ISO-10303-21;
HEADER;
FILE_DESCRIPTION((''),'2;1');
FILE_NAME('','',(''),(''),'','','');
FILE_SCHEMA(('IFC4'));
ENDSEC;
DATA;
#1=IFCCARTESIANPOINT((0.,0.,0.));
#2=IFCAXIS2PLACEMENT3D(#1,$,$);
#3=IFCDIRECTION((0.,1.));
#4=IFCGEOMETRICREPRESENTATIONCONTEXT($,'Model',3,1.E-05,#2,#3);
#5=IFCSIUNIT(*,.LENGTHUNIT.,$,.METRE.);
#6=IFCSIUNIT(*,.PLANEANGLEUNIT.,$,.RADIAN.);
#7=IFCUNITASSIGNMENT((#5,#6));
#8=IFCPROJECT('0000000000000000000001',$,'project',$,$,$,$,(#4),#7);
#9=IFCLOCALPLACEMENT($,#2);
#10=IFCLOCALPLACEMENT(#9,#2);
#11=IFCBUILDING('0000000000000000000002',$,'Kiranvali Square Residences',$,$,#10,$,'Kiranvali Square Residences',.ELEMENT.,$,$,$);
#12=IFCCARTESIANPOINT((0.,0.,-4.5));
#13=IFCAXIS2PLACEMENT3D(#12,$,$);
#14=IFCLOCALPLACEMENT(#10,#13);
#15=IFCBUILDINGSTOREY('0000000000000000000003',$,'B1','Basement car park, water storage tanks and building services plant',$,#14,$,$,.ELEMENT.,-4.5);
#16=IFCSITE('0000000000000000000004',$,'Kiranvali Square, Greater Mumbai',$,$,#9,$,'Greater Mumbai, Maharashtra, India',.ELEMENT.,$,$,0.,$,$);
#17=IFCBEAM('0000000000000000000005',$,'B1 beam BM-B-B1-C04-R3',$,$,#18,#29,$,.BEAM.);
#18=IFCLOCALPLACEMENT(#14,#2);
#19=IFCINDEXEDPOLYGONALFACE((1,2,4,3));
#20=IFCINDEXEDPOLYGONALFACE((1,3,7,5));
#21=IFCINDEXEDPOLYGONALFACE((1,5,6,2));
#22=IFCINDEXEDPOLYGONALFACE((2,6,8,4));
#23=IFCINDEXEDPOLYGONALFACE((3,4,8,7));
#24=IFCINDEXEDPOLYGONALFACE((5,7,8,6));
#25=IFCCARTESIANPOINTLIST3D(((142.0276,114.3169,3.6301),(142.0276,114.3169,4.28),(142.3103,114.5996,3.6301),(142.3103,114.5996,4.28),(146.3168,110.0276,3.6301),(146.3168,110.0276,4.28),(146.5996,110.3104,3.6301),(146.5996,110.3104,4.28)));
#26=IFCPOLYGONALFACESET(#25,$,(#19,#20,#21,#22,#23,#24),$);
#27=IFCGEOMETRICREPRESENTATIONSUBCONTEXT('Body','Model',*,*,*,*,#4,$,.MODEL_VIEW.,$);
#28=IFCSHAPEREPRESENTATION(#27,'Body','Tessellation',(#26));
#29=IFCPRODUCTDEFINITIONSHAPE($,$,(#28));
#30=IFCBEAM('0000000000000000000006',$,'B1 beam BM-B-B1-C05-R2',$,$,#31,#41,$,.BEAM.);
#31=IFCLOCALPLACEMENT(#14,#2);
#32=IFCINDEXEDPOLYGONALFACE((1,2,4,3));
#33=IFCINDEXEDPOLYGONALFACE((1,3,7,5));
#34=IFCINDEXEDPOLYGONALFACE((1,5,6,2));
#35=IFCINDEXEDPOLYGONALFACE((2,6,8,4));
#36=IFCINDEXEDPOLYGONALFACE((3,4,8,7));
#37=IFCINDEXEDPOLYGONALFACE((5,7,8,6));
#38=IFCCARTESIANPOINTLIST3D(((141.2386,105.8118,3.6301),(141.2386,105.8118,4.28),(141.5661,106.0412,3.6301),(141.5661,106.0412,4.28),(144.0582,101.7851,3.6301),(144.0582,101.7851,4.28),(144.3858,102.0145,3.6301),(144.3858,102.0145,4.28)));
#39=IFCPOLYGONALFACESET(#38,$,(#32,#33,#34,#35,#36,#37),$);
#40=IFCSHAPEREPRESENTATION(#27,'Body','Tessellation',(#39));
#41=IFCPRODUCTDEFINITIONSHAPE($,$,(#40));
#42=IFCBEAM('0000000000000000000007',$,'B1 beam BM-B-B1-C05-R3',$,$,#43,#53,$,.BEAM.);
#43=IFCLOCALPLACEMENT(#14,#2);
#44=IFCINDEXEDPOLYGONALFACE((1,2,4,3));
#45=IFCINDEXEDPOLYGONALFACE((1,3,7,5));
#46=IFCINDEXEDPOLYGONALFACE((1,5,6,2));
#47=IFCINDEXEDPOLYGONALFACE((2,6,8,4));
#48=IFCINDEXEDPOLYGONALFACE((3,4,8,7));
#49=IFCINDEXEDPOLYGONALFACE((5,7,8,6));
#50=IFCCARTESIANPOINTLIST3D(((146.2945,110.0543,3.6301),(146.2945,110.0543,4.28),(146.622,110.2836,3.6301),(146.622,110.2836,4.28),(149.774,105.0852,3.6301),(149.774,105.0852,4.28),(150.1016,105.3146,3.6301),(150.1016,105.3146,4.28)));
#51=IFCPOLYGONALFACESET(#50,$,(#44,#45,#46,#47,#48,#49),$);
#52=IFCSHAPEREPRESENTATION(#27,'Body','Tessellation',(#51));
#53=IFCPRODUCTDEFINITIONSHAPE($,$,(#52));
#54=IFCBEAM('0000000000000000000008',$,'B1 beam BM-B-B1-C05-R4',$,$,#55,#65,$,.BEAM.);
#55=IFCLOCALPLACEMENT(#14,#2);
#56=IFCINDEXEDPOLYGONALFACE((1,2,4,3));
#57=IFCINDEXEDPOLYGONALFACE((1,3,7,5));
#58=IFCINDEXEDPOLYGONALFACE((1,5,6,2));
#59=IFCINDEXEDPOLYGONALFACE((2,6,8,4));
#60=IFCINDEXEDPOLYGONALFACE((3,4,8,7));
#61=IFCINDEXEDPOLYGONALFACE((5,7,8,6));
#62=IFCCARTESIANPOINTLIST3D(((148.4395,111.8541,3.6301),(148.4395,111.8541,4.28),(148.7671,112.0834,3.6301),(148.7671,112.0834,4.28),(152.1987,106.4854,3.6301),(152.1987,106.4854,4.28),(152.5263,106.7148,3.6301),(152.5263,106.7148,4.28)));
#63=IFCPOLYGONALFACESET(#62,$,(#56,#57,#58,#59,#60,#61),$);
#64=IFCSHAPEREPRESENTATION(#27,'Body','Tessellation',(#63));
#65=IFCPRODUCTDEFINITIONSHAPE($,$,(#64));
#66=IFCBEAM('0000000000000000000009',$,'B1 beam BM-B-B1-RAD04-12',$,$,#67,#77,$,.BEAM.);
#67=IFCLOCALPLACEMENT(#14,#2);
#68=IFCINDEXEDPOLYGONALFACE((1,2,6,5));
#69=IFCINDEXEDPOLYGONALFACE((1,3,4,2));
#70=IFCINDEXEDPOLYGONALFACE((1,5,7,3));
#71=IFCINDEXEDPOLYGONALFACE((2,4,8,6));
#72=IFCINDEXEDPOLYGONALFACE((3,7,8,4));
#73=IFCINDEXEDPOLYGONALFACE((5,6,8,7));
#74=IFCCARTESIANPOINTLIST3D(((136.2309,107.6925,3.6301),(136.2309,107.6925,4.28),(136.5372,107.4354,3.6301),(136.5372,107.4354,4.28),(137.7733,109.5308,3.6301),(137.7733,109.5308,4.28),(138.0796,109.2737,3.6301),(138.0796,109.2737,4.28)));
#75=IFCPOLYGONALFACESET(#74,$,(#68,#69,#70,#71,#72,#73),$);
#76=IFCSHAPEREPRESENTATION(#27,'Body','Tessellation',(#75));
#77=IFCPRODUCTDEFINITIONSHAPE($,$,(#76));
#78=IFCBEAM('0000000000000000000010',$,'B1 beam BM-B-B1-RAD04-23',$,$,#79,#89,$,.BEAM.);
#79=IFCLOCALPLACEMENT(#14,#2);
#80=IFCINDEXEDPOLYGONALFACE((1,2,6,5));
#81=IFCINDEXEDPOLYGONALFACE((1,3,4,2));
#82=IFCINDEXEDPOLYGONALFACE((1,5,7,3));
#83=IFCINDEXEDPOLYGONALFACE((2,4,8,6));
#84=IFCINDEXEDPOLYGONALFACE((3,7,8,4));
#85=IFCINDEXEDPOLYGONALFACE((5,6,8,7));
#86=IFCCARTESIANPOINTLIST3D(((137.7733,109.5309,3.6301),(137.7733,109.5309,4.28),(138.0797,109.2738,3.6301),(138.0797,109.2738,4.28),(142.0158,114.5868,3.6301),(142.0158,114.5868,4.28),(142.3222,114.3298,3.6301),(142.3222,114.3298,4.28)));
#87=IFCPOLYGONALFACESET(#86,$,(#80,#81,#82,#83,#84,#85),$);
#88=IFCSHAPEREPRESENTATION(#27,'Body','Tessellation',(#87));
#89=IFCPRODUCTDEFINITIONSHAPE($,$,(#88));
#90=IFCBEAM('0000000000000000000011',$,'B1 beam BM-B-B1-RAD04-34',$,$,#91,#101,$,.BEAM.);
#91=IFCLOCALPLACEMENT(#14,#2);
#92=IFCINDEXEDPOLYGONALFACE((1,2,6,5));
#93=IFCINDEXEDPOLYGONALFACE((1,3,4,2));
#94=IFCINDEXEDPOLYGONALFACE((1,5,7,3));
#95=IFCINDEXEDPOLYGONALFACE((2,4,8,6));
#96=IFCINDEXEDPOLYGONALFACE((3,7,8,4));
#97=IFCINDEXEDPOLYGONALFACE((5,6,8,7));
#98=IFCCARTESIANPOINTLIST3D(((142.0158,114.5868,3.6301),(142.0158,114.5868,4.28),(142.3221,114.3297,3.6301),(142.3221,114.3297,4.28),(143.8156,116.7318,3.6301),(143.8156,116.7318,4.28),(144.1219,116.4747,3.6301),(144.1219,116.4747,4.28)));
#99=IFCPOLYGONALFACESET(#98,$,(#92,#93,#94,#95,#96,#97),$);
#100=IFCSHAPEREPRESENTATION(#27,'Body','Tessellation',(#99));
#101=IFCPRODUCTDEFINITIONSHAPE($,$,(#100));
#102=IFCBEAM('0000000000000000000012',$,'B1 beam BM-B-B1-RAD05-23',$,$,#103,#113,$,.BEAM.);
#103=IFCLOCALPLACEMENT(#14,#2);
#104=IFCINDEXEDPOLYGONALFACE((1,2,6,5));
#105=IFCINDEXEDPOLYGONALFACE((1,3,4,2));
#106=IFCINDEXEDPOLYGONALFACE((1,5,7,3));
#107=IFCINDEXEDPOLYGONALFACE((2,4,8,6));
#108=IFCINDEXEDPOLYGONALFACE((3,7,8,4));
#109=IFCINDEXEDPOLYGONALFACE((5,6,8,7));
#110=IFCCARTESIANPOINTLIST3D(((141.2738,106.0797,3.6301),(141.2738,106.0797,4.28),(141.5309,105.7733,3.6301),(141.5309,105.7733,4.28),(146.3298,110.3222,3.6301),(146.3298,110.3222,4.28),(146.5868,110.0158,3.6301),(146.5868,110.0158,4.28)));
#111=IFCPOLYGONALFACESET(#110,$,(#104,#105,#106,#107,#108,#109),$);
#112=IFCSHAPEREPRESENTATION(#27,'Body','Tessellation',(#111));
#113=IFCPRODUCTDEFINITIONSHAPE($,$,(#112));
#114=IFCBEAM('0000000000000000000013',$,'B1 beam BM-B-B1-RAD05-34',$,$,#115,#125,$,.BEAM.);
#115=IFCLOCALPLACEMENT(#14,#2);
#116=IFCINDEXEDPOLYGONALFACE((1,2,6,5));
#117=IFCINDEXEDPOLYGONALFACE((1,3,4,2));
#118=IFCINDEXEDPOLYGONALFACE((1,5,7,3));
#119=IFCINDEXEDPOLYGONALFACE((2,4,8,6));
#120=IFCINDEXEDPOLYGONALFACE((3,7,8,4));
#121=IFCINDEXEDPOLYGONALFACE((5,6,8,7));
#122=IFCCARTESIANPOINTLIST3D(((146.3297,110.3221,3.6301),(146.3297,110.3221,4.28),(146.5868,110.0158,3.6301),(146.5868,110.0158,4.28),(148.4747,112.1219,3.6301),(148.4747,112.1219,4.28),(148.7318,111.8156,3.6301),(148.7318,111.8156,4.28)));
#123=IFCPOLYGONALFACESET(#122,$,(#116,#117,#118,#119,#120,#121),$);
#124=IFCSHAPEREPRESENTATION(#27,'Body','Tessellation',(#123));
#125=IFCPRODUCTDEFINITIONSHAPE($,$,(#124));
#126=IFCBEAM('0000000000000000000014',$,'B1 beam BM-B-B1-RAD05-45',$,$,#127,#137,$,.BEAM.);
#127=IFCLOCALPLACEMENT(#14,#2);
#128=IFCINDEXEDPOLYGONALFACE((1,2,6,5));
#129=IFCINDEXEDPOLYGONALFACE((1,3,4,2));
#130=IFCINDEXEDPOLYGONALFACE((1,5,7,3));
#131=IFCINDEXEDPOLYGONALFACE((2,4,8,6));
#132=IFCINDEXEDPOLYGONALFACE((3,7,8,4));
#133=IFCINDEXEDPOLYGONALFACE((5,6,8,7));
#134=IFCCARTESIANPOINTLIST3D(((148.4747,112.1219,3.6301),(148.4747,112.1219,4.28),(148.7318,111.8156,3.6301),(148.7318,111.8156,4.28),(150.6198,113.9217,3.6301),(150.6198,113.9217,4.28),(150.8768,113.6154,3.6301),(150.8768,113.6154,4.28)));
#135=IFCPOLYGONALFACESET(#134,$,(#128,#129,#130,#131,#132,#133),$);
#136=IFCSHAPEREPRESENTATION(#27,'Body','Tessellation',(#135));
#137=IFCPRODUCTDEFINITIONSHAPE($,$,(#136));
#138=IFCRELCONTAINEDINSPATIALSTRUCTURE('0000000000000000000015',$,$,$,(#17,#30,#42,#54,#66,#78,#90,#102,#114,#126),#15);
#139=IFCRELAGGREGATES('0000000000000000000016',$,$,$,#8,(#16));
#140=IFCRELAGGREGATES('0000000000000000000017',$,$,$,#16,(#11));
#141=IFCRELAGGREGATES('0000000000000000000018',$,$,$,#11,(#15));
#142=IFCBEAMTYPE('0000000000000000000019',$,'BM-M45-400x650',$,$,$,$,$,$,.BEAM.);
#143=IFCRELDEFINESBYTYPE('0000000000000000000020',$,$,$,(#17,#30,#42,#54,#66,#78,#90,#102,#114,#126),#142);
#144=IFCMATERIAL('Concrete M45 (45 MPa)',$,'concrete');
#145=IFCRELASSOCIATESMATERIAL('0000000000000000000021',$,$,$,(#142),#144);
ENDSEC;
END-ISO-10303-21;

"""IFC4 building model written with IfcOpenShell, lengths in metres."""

from ifc_helpers import new_model, si_unit, direction, frame, origin, origin_2d, place, context, subcontext, project, spatial, rectangle, extrude, material, material_profile, profile_set, type_object, element, save


model = new_model("IFC4")

# Units and contexts
model_context = context("Model", 3, precision=1e-05, world=origin(), true_north=direction((0.0, 1.0)))
body_context = subcontext(model_context, "Body", "Model", "MODEL_VIEW")
ifc_project = project(units=[si_unit("LENGTHUNIT", "METRE"), si_unit("PLANEANGLEUNIT", "RADIAN")], contexts=[model_context])

# Site, building, storey
site_placement = place(None, origin())
site = spatial("IfcSite", under=ifc_project, at=site_placement, Name="Kiranvali Square, Greater Mumbai", LongName="Greater Mumbai, Maharashtra, India", CompositionType="ELEMENT", RefElevation=0.0)
building_placement = place(site_placement, origin())
building = spatial("IfcBuilding", under=site, at=building_placement, Name="Kiranvali Square Residences", LongName="Kiranvali Square Residences", CompositionType="ELEMENT")
storey_placement = place(building_placement, frame((0.0, 0.0, -4.5)))
storey = spatial("IfcBuildingStorey", under=building, at=storey_placement, Name="B1", Description="Basement car park, water storage tanks and building services plant", CompositionType="ELEMENT", Elevation=-4.5)

# Shared definitions
ifc_material_1 = material(Name="Concrete M45 (45 MPa)", Category="concrete")

# Beams
ifc_material_profile_1 = material_profile(ifc_material_1, rectangle(XDim=0.3999, YDim=0.6499, at=origin_2d()), Name="RC 400x650")
ifc_profile_set_1 = profile_set([ifc_material_profile_1], Name="Concrete M45 (45 MPa)")
beam_type = type_object("IfcBeamType", Name="BM-M45-400x650", PredefinedType="BEAM", material=ifc_profile_set_1)
beam_1_placement = place(storey_placement, frame((142.1689, 114.4583, 3.9551), z_axis=(0.707107, -0.707107, 0.0), x_axis=(0.707107, 0.707107, 0.0)))
element("IfcBeam", 1, at=beam_1_placement, inside=storey, type_object=beam_type, Name="B1 beam BM-B-B1-C04-R3", PredefinedType="BEAM", context=body_context, shape_type="SweptSolid", body=[
    extrude(rectangle(XDim=0.3999, YDim=0.6499, at=origin_2d()), origin(), (0.0, 0.0, 1.0), 6.0659),
])
beam_2_placement = place(storey_placement, frame((141.4023, 105.9265, 3.9551), z_axis=(0.573592, -0.819141, 0.0), x_axis=(0.819141, 0.573592, 0.0)))
element("IfcBeam", 2, at=beam_2_placement, inside=storey, type_object=beam_type, Name="B1 beam BM-B-B1-C05-R2", PredefinedType="BEAM", context=body_context, shape_type="SweptSolid", body=[
    extrude(rectangle(XDim=0.3999, YDim=0.6499, at=origin_2d()), origin(), (0.0, 0.0, 1.0), 4.9158),
])
beam_3_placement = place(storey_placement, frame((146.4583, 110.1689, 3.9551), z_axis=(0.573595, -0.819139, 0.0), x_axis=(0.819139, 0.573595, 0.0)))
element("IfcBeam", 3, at=beam_3_placement, inside=storey, type_object=beam_type, Name="B1 beam BM-B-B1-C05-R3", PredefinedType="BEAM", context=body_context, shape_type="SweptSolid", body=[
    extrude(rectangle(XDim=0.3999, YDim=0.6499, at=origin_2d()), origin(), (0.0, 0.0, 1.0), 6.0662),
])
beam_4_placement = place(storey_placement, frame((148.6033, 111.9688, 3.9551), z_axis=(0.573587, -0.819144, 0.0), x_axis=(0.819144, 0.573587, 0.0)))
element("IfcBeam", 4, at=beam_4_placement, inside=storey, type_object=beam_type, Name="B1 beam BM-B-B1-C05-R4", PredefinedType="BEAM", context=body_context, shape_type="SweptSolid", body=[
    extrude(rectangle(XDim=0.3999, YDim=0.6499, at=origin_2d()), origin(), (0.0, 0.0, 1.0), 6.554),
])
beam_5_placement = place(storey_placement, frame((136.384, 107.564, 3.9551), z_axis=(0.642763, 0.766065, 0.0), x_axis=(-0.766065, 0.642763, 0.0)))
element("IfcBeam", 5, at=beam_5_placement, inside=storey, type_object=beam_type, Name="B1 beam BM-B-B1-RAD04-12", PredefinedType="BEAM", context=body_context, shape_type="SweptSolid", body=[
    extrude(rectangle(XDim=0.3999, YDim=0.6499, at=origin_2d()), origin(), (0.0, 0.0, 1.0), 2.3997),
])
beam_6_placement = place(storey_placement, frame((137.9265, 109.4023, 3.9551), z_axis=(0.642789, 0.766043, 0.0), x_axis=(-0.766043, 0.642789, 0.0)))
element("IfcBeam", 6, at=beam_6_placement, inside=storey, type_object=beam_type, Name="B1 beam BM-B-B1-RAD04-23", PredefinedType="BEAM", context=body_context, shape_type="SweptSolid", body=[
    extrude(rectangle(XDim=0.3999, YDim=0.6499, at=origin_2d()), origin(), (0.0, 0.0, 1.0), 6.6001),
])
beam_7_placement = place(storey_placement, frame((142.1689, 114.4583, 3.9551), z_axis=(0.642771, 0.766059, 0.0), x_axis=(-0.766059, 0.642771, 0.0)))
element("IfcBeam", 7, at=beam_7_placement, inside=storey, type_object=beam_type, Name="B1 beam BM-B-B1-RAD04-34", PredefinedType="BEAM", context=body_context, shape_type="SweptSolid", body=[
    extrude(rectangle(XDim=0.3999, YDim=0.6499, at=origin_2d()), origin(), (0.0, 0.0, 1.0), 2.8),
])
beam_8_placement = place(storey_placement, frame((141.4023, 105.9265, 3.9551), z_axis=(0.766043, 0.642789, 0.0), x_axis=(-0.642789, 0.766043, 0.0)))
element("IfcBeam", 8, at=beam_8_placement, inside=storey, type_object=beam_type, Name="B1 beam BM-B-B1-RAD05-23", PredefinedType="BEAM", context=body_context, shape_type="SweptSolid", body=[
    extrude(rectangle(XDim=0.3999, YDim=0.6499, at=origin_2d()), origin(), (0.0, 0.0, 1.0), 6.6001),
])
for number, where, z_axis, x_axis, name in (
    (9, (146.4583, 110.1689, 3.9551), (0.766059, 0.642771, 0.0), (-0.642771, 0.766059, 0.0), "B1 beam BM-B-B1-RAD05-34"),
    (10, (148.6033, 111.9688, 3.9551), (0.766059, 0.642771, 0.0), (-0.642771, 0.766059, 0.0), "B1 beam BM-B-B1-RAD05-45"),
):
    element("IfcBeam", number, at=place(storey_placement, frame(where, z_axis=z_axis, x_axis=x_axis)), inside=storey, type_object=beam_type, Name=name, PredefinedType="BEAM", context=body_context, shape_type="SweptSolid", body=[
        extrude(rectangle(XDim=0.3999, YDim=0.6499, at=origin_2d()), origin(), (0.0, 0.0, 1.0), 2.8),
    ])

save(model, "model.ifc")
